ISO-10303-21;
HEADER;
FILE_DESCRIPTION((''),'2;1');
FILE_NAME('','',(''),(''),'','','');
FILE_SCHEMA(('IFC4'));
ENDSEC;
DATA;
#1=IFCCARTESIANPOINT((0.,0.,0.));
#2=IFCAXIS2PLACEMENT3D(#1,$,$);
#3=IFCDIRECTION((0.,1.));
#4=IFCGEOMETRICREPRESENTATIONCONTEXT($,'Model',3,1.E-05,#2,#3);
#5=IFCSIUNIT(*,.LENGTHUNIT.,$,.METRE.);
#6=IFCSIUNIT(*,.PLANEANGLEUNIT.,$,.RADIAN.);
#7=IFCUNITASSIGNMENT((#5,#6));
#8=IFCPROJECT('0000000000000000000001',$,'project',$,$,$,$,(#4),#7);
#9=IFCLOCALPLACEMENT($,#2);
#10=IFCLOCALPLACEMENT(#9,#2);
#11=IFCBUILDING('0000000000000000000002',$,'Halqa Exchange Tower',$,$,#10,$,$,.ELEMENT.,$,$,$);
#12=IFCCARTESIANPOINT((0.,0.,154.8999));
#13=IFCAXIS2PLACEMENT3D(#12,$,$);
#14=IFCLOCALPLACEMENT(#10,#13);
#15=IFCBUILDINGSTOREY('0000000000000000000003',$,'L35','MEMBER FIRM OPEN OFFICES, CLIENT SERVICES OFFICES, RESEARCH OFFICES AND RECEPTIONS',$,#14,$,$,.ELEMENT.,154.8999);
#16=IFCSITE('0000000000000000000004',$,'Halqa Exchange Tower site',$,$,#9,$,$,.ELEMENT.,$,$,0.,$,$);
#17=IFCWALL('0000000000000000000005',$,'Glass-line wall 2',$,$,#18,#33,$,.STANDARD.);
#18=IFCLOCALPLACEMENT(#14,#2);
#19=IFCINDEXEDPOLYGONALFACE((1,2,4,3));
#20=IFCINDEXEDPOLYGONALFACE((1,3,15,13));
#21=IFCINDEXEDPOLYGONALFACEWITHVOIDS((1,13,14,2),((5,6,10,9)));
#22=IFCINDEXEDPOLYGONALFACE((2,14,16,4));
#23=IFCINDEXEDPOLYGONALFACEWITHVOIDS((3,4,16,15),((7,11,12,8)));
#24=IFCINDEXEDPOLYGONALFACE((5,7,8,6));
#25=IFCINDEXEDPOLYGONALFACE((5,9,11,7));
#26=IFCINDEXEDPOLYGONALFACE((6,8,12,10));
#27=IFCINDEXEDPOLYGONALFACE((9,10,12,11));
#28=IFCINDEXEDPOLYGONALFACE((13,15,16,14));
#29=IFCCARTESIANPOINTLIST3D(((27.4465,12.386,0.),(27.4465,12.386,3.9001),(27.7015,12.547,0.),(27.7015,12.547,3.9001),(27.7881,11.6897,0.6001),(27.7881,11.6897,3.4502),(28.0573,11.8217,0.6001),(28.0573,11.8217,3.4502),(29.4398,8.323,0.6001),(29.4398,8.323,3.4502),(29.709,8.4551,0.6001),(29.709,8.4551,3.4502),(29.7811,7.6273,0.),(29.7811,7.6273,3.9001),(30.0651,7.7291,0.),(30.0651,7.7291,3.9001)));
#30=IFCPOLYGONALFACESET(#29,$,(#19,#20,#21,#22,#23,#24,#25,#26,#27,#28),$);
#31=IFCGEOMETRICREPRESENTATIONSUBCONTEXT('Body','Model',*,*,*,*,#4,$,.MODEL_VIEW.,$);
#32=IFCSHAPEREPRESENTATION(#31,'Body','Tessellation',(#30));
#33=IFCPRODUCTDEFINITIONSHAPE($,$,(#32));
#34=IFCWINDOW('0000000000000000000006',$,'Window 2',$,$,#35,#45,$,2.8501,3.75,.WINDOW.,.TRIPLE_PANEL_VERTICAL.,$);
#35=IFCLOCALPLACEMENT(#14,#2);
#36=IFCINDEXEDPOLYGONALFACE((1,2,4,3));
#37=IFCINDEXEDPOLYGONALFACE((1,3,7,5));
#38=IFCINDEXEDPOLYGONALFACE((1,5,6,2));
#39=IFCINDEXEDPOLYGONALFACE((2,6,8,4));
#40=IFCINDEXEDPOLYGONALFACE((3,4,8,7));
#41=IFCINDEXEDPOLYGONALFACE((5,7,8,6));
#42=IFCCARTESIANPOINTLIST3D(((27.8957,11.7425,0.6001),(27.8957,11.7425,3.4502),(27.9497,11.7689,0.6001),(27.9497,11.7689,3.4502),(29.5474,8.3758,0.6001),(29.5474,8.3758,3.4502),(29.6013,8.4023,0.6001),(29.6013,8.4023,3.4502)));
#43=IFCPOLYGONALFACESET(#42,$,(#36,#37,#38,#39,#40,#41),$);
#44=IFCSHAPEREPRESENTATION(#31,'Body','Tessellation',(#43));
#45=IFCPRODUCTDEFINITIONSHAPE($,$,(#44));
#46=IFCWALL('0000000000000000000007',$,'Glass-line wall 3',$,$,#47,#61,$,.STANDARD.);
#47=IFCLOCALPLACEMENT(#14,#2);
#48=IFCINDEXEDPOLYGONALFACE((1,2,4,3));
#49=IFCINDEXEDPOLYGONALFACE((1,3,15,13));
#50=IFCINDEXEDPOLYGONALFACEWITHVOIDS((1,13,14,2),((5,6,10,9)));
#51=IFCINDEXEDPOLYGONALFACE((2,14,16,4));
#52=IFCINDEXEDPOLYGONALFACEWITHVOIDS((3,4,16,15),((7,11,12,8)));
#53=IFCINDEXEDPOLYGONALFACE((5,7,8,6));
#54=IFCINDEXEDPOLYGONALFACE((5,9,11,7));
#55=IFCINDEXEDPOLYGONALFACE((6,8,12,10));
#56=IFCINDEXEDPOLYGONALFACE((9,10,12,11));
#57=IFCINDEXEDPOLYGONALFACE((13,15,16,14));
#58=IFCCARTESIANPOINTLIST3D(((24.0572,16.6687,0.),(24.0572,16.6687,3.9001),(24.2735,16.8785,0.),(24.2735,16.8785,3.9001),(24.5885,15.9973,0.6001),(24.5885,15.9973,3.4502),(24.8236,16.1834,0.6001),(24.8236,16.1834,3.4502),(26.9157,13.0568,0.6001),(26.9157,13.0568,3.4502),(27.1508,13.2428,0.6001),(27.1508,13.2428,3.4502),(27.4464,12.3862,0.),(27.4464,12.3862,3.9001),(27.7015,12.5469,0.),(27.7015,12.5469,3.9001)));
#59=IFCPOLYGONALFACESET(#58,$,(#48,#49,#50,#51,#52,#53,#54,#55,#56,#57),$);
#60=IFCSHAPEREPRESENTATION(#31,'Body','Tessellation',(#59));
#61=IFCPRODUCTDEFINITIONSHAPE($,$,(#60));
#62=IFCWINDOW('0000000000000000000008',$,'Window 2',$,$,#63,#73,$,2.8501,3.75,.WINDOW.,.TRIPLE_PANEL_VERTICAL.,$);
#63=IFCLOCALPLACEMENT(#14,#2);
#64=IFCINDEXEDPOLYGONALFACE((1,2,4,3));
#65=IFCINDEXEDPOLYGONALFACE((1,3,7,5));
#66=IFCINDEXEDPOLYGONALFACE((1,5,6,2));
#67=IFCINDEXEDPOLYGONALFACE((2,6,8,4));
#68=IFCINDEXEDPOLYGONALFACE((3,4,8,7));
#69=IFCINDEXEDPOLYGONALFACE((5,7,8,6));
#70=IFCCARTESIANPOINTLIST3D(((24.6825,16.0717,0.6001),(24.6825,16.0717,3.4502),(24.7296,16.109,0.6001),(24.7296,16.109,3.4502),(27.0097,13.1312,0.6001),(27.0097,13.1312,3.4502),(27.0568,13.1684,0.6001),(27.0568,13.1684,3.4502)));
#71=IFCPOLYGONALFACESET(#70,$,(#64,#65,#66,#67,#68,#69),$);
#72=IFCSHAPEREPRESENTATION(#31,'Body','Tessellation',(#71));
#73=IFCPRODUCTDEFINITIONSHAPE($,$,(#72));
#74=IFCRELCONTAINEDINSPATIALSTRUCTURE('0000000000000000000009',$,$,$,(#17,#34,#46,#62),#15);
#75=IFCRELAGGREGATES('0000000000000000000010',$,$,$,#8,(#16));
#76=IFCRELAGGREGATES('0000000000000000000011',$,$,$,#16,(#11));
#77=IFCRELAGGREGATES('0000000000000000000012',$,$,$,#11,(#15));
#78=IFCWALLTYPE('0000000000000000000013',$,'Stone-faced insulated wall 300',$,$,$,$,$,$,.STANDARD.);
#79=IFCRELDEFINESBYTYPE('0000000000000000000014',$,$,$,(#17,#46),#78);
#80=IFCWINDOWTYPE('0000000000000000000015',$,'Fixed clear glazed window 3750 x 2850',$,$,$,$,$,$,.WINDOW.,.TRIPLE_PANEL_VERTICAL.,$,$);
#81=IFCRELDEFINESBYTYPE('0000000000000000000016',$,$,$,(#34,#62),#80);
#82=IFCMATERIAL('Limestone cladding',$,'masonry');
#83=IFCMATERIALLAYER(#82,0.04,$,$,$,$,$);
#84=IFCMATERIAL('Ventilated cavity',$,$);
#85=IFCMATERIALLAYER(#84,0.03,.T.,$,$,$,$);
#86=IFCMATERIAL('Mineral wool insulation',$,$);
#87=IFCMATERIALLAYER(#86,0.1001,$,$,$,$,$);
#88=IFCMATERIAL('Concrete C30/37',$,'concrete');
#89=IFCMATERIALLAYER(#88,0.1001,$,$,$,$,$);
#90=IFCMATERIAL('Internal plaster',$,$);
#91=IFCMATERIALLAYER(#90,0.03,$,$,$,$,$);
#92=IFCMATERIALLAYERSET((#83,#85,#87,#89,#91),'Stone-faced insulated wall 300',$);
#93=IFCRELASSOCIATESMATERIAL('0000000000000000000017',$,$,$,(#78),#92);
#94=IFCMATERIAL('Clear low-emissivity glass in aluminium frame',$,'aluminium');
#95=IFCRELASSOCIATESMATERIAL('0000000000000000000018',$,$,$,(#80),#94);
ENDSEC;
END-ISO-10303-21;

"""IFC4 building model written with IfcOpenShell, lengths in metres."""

from ifc_helpers import new_model, si_unit, direction, frame, frame_2d, origin, place, context, subcontext, project, spatial, polyline, rectangle, outline, extrude, material, layer, layer_set, type_object, element, fill, save


model = new_model("IFC4")

# Units and contexts
model_context = context("Model", 3, precision=1e-05, world=origin(), true_north=direction((0.0, 1.0)))
body_context = subcontext(model_context, "Body", "Model", "MODEL_VIEW")
ifc_project = project(units=[si_unit("LENGTHUNIT", "METRE"), si_unit("PLANEANGLEUNIT", "RADIAN")], contexts=[model_context])

# Site, building, storey
site_placement = place(None, origin())
site = spatial("IfcSite", under=ifc_project, at=site_placement, Name="Halqa Exchange Tower site", CompositionType="ELEMENT", RefElevation=0.0)
building_placement = place(site_placement, origin())
building = spatial("IfcBuilding", under=site, at=building_placement, Name="Halqa Exchange Tower", CompositionType="ELEMENT")
storey_placement = place(building_placement, frame((0.0, 0.0, 154.8999)))
storey = spatial("IfcBuildingStorey", under=building, at=storey_placement, Name="L35", Description="MEMBER FIRM OPEN OFFICES, CLIENT SERVICES OFFICES, RESEARCH OFFICES AND RECEPTIONS", CompositionType="ELEMENT", Elevation=154.8999)

# Walls, openings, windows
ifc_material_1 = material(Name="Limestone cladding", Category="masonry")
ifc_layer_1 = layer(ifc_material_1, 0.04)
ifc_material_2 = material(Name="Ventilated cavity")
ifc_layer_2 = layer(ifc_material_2, 0.03, ventilated=True)
ifc_material_3 = material(Name="Mineral wool insulation")
ifc_layer_3 = layer(ifc_material_3, 0.1001)
ifc_material_4 = material(Name="Concrete C30/37", Category="concrete")
ifc_layer_4 = layer(ifc_material_4, 0.1001)
ifc_material_5 = material(Name="Internal plaster")
ifc_layer_5 = layer(ifc_material_5, 0.03)
ifc_layer_set = layer_set([ifc_layer_1, ifc_layer_2, ifc_layer_3, ifc_layer_4, ifc_layer_5], Name="Stone-faced insulated wall 300")
wall_type = type_object("IfcWallType", Name="Stone-faced insulated wall 300", PredefinedType="STANDARD", material=ifc_layer_set)
ifc_material_6 = material(Name="Clear low-emissivity glass in aluminium frame", Category="aluminium")
window_type = type_object("IfcWindowType", Name="Fixed clear glazed window 3750 x 2850", PartitioningType="TRIPLE_PANEL_VERTICAL", PredefinedType="WINDOW", material=ifc_material_6)
wall_1_placement = place(storey_placement, frame((29.9231, 7.6782, 0.0), z_axis=(0.0, 0.0, 1.0), x_axis=(-0.440444, 0.89778, 0.0)))
wall_1 = element("IfcWall", 1, at=wall_1_placement, inside=storey, type_object=wall_type, Name="Glass-line wall 2", PredefinedType="STANDARD", context=body_context, shape_type="SweptSolid", body=[
    extrude(outline(polyline([(-0.0168, -0.1499), (5.3496, -0.1499), (5.3174, 0.1499), (0.0168, 0.1499), (-0.0168, -0.1499)])), origin(), (0.0, 0.0, 1.0), 3.9001),
])
opening_1_placement = place(wall_1_placement, frame((0.7917, 0.0, 0.6001)))
opening_1 = element("IfcOpeningElement", 2, at=opening_1_placement, cuts=wall_1, PredefinedType="OPENING", context=body_context, shape_type="SweptSolid", body=[
    extrude(rectangle(XDim=3.75, YDim=2.8501, at=frame_2d((1.875, 1.425))), frame((0.0, 0.1621, 0.0), z_axis=(0.0, -1.0, 0.0), x_axis=(1.0, 0.0, 0.0)), (0.0, 0.0, 1.0), 0.324),
])
window_1_placement = place(opening_1_placement, origin())
window_1 = element("IfcWindow", 3, at=window_1_placement, inside=storey, type_object=window_type, Name="Window 2", OverallHeight=2.8501, OverallWidth=3.75, PartitioningType="TRIPLE_PANEL_VERTICAL", PredefinedType="WINDOW", context=body_context, shape_type="SweptSolid", body=[
    extrude(rectangle(XDim=3.75, YDim=2.8501, at=frame_2d((1.875, 1.425))), frame((0.0, 0.03, 0.0), z_axis=(0.0, -1.0, 0.0), x_axis=(1.0, 0.0, 0.0)), (0.0, 0.0, 1.0), 0.0601),
])
fill(opening_1, window_1)
wall_2_placement = place(storey_placement, frame((27.574, 12.4666, 0.0), z_axis=(0.0, 0.0, 1.0), x_axis=(-0.620578, 0.784145, 0.0)))
wall_2 = element("IfcWall", 4, at=wall_2_placement, inside=storey, type_object=wall_type, Name="Glass-line wall 3", PredefinedType="STANDARD", context=body_context, shape_type="SweptSolid", body=[
    extrude(outline(polyline([(-0.0161, -0.1499), (5.5078, -0.1499), (5.4775, 0.1499), (0.0161, 0.1499), (-0.0161, -0.1499)])), origin(), (0.0, 0.0, 1.0), 3.9001),
])
opening_2_placement = place(wall_2_placement, frame((0.8713, 0.0, 0.6001)))
opening_2 = element("IfcOpeningElement", 5, at=opening_2_placement, cuts=wall_2, PredefinedType="OPENING", context=body_context, shape_type="SweptSolid", body=[
    extrude(rectangle(XDim=3.75, YDim=2.8501, at=frame_2d((1.875, 1.425))), frame((0.0, 0.1621, 0.0), z_axis=(0.0, -1.0, 0.0), x_axis=(1.0, 0.0, 0.0)), (0.0, 0.0, 1.0), 0.324),
])
window_2_placement = place(opening_2_placement, origin())
window_2 = element("IfcWindow", 6, at=window_2_placement, inside=storey, type_object=window_type, Name="Window 2", OverallHeight=2.8501, OverallWidth=3.75, PartitioningType="TRIPLE_PANEL_VERTICAL", PredefinedType="WINDOW", context=body_context, shape_type="SweptSolid", body=[
    extrude(rectangle(XDim=3.75, YDim=2.8501, at=frame_2d((1.875, 1.425))), frame((0.0, 0.03, 0.0), z_axis=(0.0, -1.0, 0.0), x_axis=(1.0, 0.0, 0.0)), (0.0, 0.0, 1.0), 0.0601),
])
fill(opening_2, window_2)

save(model, "model.ifc")
